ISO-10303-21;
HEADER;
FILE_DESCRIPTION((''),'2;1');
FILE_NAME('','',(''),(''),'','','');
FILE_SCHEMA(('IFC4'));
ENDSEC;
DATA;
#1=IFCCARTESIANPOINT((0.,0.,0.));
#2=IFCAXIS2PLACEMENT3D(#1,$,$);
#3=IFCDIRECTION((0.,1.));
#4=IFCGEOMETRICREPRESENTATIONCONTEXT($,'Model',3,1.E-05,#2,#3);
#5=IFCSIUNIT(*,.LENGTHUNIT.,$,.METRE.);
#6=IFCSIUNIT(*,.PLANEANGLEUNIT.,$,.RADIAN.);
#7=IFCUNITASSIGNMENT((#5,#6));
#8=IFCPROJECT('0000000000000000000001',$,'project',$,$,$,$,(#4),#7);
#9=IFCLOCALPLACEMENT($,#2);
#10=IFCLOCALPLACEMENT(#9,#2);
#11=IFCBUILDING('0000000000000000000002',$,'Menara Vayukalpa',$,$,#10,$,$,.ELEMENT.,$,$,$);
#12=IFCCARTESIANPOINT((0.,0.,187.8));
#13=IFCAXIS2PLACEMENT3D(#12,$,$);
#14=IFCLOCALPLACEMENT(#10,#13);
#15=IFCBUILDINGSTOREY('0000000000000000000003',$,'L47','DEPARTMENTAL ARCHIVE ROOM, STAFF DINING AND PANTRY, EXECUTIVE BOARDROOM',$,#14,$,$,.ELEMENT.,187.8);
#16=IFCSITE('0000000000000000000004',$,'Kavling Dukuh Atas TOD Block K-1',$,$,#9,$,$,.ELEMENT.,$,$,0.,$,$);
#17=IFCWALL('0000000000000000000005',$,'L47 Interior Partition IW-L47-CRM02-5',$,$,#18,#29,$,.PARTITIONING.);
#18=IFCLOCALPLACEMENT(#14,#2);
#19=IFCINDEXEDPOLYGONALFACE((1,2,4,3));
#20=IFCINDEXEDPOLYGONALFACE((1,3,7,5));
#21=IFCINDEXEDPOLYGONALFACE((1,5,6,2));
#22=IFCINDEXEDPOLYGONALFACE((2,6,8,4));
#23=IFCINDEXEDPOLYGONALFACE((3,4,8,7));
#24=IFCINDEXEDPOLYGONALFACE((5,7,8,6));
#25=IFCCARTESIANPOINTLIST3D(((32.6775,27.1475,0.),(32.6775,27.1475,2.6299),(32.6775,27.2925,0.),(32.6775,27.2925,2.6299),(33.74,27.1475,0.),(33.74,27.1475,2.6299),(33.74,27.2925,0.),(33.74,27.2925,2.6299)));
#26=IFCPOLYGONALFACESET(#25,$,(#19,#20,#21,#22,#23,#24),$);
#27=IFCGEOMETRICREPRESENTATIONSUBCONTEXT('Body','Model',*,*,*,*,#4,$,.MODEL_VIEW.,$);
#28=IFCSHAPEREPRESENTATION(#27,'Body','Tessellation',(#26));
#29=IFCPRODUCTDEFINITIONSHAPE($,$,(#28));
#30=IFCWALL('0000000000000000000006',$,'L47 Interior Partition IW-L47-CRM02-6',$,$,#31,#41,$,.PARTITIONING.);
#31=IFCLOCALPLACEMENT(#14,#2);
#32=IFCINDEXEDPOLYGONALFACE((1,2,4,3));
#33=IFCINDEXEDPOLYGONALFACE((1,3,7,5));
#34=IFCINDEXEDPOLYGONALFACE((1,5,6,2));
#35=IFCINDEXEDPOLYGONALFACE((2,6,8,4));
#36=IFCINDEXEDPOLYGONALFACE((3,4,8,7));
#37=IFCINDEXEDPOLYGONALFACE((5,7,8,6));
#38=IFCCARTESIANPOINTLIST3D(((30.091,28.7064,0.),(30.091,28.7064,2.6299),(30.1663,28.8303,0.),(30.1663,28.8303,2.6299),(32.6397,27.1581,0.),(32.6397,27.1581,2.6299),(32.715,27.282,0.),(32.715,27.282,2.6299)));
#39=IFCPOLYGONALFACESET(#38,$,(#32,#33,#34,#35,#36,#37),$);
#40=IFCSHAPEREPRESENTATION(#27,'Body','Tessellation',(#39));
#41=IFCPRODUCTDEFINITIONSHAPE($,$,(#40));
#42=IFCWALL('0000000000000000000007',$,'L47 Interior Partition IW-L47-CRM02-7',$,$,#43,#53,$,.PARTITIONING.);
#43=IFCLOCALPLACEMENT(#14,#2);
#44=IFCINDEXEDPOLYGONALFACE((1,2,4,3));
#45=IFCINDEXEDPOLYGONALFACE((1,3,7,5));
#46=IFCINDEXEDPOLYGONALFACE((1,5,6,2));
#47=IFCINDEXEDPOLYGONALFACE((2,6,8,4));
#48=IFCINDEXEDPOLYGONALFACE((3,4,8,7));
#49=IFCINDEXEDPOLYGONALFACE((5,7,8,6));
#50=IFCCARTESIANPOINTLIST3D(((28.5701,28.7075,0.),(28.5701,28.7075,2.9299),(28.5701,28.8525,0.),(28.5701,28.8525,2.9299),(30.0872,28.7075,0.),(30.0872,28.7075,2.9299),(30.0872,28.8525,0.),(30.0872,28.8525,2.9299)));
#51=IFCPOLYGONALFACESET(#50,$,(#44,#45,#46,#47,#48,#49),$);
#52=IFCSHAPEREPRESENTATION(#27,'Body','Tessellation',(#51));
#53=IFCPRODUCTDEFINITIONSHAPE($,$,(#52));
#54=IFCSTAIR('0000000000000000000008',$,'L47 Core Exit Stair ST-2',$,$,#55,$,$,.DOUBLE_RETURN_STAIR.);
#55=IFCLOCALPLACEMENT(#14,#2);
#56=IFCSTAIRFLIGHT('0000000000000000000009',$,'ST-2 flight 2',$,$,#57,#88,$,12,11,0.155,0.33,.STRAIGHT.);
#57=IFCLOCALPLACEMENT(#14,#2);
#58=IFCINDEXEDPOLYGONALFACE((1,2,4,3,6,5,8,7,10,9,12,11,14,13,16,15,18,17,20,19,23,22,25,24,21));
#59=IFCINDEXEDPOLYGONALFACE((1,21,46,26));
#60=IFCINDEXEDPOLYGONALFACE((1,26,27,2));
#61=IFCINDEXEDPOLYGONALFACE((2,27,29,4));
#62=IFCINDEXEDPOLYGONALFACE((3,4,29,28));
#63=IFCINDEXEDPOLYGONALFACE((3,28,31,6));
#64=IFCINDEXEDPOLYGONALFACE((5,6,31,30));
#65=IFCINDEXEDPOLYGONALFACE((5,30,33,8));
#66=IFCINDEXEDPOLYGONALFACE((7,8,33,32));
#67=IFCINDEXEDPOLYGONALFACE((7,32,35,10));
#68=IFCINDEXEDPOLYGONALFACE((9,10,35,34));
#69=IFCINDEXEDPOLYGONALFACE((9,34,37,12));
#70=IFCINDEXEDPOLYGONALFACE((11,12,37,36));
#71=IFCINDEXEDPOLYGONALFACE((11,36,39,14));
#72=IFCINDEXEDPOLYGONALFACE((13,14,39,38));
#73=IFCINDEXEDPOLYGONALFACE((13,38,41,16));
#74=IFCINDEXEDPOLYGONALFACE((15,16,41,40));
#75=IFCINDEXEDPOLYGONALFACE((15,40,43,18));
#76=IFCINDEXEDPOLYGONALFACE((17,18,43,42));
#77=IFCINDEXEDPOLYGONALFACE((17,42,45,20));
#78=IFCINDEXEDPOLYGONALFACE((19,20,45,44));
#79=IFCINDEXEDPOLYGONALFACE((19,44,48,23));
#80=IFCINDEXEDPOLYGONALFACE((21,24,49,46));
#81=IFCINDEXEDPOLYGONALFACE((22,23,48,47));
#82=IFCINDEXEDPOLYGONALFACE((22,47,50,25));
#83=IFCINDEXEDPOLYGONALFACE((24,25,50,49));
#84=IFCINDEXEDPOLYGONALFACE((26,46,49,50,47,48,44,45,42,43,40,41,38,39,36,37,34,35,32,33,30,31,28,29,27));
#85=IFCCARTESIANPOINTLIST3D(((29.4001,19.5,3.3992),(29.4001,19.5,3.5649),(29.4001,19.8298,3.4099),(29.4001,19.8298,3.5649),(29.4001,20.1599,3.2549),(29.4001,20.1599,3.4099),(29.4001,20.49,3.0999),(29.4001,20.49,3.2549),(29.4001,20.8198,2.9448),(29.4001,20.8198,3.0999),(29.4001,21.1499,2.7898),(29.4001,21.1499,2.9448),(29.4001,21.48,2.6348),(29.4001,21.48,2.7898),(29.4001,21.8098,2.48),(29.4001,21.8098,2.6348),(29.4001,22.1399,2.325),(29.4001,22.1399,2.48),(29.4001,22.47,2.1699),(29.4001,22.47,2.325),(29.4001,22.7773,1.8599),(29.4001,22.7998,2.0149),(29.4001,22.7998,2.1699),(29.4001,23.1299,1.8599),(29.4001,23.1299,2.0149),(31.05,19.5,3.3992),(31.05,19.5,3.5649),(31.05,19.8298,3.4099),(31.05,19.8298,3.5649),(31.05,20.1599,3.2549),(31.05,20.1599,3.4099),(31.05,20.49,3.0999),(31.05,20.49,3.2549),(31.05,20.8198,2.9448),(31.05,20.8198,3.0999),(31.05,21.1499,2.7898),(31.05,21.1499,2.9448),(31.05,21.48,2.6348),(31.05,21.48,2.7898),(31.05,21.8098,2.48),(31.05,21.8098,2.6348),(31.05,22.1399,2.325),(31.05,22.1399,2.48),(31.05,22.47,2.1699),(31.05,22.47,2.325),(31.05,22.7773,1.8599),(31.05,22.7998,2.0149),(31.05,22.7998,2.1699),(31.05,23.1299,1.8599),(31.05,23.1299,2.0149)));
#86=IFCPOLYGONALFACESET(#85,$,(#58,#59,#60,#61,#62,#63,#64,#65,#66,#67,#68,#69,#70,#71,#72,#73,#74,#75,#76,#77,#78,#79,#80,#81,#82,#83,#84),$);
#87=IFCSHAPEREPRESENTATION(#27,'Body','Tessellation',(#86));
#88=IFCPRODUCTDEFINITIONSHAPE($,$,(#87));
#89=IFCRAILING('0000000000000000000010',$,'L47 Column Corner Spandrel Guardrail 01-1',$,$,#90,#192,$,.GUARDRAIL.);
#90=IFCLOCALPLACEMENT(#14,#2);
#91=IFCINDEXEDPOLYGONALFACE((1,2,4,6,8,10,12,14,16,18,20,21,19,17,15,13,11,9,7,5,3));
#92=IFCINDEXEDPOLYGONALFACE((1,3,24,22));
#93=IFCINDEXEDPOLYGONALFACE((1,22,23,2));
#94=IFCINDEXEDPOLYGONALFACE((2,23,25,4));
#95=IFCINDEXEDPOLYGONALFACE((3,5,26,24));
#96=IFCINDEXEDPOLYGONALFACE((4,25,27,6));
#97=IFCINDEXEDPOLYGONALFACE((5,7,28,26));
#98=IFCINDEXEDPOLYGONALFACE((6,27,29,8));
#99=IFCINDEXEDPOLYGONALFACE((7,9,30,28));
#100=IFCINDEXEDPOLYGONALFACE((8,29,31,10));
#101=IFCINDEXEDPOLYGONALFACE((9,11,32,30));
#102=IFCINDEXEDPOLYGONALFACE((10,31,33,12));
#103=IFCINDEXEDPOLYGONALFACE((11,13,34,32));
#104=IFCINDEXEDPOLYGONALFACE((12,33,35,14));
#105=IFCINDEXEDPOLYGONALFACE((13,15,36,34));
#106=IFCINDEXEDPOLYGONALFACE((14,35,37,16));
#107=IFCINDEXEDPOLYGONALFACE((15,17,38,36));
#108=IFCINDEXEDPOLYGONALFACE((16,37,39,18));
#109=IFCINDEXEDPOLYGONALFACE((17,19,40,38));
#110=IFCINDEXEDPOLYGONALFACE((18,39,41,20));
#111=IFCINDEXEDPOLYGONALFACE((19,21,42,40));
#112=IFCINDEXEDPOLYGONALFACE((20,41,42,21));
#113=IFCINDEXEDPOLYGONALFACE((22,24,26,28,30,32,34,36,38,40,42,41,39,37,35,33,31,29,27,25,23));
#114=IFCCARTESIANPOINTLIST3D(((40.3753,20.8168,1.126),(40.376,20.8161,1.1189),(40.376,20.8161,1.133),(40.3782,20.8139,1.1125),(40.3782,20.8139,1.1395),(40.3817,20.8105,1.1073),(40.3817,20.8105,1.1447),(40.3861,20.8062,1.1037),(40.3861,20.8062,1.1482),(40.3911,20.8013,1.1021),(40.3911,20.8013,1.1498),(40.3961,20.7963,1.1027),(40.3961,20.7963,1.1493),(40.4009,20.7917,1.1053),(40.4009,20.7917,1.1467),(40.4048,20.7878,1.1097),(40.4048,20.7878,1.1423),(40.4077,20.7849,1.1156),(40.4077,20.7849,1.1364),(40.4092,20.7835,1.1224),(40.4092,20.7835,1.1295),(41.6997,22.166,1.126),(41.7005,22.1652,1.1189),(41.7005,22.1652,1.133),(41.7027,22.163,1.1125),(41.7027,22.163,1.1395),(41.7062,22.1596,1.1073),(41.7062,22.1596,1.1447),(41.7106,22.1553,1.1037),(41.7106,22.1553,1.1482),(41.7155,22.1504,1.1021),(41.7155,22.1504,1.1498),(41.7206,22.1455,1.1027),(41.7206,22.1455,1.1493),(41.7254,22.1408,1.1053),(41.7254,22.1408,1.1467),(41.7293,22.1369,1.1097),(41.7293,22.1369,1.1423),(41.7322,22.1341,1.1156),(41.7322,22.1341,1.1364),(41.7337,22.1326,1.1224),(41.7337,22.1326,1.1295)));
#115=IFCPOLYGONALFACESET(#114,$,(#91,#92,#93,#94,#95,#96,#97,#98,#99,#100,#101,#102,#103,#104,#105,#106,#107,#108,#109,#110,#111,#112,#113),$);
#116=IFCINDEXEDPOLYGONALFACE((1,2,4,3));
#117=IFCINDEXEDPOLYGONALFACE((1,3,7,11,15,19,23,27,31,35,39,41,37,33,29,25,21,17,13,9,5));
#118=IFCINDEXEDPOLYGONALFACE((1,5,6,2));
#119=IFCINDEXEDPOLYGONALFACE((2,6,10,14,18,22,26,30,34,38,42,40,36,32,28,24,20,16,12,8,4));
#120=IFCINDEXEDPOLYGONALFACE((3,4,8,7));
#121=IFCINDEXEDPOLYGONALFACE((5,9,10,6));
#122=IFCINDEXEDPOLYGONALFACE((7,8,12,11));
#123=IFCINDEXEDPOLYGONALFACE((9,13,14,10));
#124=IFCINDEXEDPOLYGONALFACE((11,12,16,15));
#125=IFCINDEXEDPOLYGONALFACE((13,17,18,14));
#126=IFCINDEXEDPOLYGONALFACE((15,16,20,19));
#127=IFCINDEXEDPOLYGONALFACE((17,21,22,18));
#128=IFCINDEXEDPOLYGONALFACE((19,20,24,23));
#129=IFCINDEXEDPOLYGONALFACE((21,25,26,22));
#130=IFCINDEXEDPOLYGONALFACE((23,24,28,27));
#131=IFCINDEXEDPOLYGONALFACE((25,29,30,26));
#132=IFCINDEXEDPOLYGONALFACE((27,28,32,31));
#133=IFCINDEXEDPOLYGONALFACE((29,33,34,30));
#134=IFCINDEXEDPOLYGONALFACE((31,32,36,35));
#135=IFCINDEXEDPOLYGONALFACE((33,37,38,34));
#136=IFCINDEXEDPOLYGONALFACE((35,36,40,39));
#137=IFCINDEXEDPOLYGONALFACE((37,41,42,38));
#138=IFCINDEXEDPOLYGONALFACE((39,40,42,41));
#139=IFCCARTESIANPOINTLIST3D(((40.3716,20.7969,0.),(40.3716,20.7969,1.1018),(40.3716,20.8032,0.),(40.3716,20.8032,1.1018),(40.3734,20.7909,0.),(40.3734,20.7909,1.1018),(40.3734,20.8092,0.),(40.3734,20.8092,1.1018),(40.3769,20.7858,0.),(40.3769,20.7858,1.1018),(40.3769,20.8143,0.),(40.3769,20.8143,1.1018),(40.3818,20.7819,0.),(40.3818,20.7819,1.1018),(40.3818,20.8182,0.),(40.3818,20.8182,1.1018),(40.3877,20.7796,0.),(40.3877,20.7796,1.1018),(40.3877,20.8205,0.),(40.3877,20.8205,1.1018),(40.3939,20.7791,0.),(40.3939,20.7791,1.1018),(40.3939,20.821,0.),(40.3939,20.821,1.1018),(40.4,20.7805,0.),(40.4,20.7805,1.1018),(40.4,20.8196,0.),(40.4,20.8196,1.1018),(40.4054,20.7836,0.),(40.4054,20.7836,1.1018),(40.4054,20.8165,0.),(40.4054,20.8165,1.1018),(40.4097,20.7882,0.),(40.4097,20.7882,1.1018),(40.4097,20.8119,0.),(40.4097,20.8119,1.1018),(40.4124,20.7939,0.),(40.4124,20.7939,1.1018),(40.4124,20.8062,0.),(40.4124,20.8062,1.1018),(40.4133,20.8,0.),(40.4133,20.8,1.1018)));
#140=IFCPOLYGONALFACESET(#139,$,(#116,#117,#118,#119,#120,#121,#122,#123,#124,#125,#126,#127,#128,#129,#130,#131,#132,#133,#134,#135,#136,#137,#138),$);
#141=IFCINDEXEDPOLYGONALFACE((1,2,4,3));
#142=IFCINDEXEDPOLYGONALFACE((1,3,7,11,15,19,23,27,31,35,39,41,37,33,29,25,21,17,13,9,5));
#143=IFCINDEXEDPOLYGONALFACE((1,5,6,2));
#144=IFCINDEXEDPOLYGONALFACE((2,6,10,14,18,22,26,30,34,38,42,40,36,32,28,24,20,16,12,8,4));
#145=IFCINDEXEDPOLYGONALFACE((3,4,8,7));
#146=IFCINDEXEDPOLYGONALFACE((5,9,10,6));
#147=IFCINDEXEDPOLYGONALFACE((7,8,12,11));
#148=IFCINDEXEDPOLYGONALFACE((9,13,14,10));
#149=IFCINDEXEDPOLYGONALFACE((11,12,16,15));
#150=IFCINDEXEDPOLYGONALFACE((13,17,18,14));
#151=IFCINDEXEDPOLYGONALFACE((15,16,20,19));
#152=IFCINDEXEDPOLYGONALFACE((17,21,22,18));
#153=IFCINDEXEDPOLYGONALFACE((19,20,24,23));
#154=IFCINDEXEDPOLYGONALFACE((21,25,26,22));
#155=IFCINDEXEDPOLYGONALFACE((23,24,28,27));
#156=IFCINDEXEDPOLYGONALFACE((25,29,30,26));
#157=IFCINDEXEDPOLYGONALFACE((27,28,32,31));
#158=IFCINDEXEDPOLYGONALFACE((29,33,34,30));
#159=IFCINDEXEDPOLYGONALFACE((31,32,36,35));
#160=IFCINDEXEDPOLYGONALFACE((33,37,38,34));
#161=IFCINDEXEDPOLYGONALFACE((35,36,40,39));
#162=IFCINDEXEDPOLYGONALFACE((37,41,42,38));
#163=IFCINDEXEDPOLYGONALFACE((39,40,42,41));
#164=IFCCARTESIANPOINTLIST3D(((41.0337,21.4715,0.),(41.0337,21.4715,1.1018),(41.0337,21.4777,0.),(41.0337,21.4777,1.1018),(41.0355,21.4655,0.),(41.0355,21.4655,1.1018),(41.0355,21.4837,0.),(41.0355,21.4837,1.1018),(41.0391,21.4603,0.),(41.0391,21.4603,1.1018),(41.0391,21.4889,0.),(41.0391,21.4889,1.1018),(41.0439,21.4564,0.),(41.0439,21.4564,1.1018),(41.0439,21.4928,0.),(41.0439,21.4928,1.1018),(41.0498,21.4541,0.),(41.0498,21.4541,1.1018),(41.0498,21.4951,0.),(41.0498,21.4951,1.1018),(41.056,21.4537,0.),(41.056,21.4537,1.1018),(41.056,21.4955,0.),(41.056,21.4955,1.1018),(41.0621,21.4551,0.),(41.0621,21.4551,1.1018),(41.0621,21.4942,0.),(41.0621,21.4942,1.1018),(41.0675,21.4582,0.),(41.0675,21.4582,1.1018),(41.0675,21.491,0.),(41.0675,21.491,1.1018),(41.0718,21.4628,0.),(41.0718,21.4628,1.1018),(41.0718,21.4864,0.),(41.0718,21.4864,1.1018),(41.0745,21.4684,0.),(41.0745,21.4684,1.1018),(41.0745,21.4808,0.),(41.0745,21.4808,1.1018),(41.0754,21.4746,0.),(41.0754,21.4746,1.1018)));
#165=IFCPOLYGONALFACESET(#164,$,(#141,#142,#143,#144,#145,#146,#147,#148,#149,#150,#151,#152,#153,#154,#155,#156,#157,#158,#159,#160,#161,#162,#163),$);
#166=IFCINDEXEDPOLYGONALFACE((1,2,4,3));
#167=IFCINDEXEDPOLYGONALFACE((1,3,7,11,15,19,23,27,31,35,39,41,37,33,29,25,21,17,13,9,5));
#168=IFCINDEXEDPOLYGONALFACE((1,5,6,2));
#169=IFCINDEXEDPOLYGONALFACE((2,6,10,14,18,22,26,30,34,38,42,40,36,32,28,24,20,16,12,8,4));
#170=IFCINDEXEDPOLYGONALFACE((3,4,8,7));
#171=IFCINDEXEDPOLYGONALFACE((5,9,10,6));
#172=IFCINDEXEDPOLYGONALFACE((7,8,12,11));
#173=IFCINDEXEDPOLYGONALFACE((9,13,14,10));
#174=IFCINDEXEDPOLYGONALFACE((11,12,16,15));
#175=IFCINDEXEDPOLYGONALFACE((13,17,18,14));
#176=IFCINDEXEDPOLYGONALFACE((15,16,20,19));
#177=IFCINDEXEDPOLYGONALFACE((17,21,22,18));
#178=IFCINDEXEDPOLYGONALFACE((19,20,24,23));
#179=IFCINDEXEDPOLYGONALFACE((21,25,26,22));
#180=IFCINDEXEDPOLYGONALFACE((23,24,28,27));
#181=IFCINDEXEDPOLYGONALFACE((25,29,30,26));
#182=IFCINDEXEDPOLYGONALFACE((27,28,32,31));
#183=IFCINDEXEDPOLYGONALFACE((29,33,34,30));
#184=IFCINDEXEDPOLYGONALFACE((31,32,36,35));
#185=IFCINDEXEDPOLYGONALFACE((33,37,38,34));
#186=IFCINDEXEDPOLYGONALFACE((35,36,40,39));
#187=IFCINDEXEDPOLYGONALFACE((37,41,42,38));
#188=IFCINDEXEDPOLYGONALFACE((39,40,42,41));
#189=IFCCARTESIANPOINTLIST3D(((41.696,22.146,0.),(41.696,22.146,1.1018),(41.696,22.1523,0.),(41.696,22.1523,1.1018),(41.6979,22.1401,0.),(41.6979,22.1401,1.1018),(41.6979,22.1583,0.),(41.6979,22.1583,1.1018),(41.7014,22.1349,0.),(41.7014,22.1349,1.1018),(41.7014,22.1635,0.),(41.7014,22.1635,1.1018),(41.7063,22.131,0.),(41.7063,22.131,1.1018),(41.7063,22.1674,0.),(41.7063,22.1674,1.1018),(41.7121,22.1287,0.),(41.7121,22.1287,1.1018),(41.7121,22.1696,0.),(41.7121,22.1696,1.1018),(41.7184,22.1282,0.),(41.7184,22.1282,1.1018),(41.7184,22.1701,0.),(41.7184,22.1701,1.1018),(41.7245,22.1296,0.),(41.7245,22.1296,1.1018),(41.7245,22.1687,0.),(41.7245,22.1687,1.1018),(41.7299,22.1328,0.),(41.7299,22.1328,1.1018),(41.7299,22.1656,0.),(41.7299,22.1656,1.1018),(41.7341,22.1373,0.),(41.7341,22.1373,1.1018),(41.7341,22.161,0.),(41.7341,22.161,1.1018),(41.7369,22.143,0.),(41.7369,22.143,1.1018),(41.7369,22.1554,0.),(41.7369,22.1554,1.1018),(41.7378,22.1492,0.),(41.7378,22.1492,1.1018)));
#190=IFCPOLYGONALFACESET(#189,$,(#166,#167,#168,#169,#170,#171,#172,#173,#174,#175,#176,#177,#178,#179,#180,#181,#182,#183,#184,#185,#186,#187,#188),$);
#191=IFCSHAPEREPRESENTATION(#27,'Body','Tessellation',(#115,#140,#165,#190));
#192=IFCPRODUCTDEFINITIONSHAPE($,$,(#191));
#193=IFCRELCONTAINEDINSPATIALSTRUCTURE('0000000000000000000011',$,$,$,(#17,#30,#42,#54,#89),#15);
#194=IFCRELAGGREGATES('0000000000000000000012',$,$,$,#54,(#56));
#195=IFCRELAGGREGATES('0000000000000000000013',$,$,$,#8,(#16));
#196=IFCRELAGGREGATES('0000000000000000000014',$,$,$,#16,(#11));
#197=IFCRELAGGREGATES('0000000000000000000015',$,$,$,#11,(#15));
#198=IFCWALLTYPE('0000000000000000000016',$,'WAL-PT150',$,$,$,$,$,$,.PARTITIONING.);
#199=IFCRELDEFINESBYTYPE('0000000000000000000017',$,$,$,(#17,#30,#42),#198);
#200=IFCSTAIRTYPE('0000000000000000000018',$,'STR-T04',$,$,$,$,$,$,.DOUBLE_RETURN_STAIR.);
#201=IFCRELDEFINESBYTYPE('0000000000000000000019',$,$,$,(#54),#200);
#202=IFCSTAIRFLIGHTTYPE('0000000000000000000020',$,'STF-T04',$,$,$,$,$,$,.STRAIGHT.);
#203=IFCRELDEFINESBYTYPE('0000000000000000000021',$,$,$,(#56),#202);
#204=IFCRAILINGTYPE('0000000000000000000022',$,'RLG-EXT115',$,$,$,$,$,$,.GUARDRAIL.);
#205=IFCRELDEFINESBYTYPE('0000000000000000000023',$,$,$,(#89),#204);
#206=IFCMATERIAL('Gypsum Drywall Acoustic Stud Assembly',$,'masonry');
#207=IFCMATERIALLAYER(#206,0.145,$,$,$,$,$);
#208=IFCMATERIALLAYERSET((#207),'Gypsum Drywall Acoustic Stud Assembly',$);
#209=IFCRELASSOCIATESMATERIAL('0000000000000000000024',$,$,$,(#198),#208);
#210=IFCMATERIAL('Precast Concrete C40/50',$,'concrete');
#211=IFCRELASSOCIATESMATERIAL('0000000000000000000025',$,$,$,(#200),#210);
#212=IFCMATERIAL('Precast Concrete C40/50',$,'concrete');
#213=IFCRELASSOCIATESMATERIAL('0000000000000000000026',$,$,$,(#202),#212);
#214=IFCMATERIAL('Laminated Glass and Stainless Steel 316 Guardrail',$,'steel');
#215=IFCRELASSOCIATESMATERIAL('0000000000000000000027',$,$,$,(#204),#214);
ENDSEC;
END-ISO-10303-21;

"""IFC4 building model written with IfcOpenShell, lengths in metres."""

from ifc_helpers import new_model, si_unit, direction, frame, frame_2d, origin, origin_2d, place, context, subcontext, project, spatial, polyline, rectangle, circle, outline, extrude, material, layer, layer_set, type_object, element, aggregate, save


model = new_model("IFC4")

# Units and contexts
model_context = context("Model", 3, precision=1e-05, world=origin(), true_north=direction((0.0, 1.0)))
body_context = subcontext(model_context, "Body", "Model", "MODEL_VIEW")
ifc_project = project(units=[si_unit("LENGTHUNIT", "METRE"), si_unit("PLANEANGLEUNIT", "RADIAN")], contexts=[model_context])

# Site, building, storey
site_placement = place(None, origin())
site = spatial("IfcSite", under=ifc_project, at=site_placement, Name="Kavling Dukuh Atas TOD Block K-1", CompositionType="ELEMENT", RefElevation=0.0)
building_placement = place(site_placement, origin())
building = spatial("IfcBuilding", under=site, at=building_placement, Name="Menara Vayukalpa", CompositionType="ELEMENT")
storey_placement = place(building_placement, frame((0.0, 0.0, 187.8)))
storey = spatial("IfcBuildingStorey", under=building, at=storey_placement, Name="L47", Description="DEPARTMENTAL ARCHIVE ROOM, STAFF DINING AND PANTRY, EXECUTIVE BOARDROOM", CompositionType="ELEMENT", Elevation=187.8)

# Walls
ifc_material_1 = material(Name="Gypsum Drywall Acoustic Stud Assembly", Category="masonry")
ifc_layer_1 = layer(ifc_material_1, 0.145)
ifc_layer_set_1 = layer_set([ifc_layer_1], Name="Gypsum Drywall Acoustic Stud Assembly")
wall_type_1 = type_object("IfcWallType", Name="WAL-PT150", PredefinedType="PARTITIONING", material=ifc_layer_set_1)
wall_1_placement = place(storey_placement, frame((33.74, 27.22, 0.0), z_axis=(0.0, 0.0, 1.0), x_axis=(-1.0, 0.0, 0.0)))
element("IfcWall", 1, at=wall_1_placement, inside=storey, type_object=wall_type_1, Name="L47 Interior Partition IW-L47-CRM02-5", PredefinedType="PARTITIONING", context=body_context, shape_type="SweptSolid", body=[
    extrude(rectangle(XDim=1.0625, YDim=0.145, at=frame_2d((0.5312, 0.0))), origin(), (0.0, 0.0, 1.0), 2.6299),
])
wall_2_placement = place(storey_placement, frame((32.6775, 27.22, 0.0), z_axis=(0.0, 0.0, 1.0), x_axis=(-0.854663, 0.519183, 0.0)))
element("IfcWall", 2, at=wall_2_placement, inside=storey, type_object=wall_type_1, Name="L47 Interior Partition IW-L47-CRM02-6", PredefinedType="PARTITIONING", context=body_context, shape_type="SweptSolid", body=[
    extrude(rectangle(XDim=2.9822, YDim=0.145, at=frame_2d((1.4912, 0.0))), origin(), (0.0, 0.0, 1.0), 2.6299),
])
wall_3_placement = place(storey_placement, frame((30.0872, 28.78, 0.0), z_axis=(0.0, 0.0, 1.0), x_axis=(-1.0, 0.0, 0.0)))
element("IfcWall", 3, at=wall_3_placement, inside=storey, type_object=wall_type_1, Name="L47 Interior Partition IW-L47-CRM02-7", PredefinedType="PARTITIONING", context=body_context, shape_type="SweptSolid", body=[
    extrude(rectangle(XDim=1.5171, YDim=0.145, at=frame_2d((0.7585, 0.0))), origin(), (0.0, 0.0, 1.0), 2.9299),
])

# Stair, stair flight
ifc_material_2 = material(Name="Precast Concrete C40/50", Category="concrete")
stair_type = type_object("IfcStairType", Name="STR-T04", PredefinedType="DOUBLE_RETURN_STAIR", material=ifc_material_2)
stair_placement = place(storey_placement, origin())
stair = element("IfcStair", 4, at=stair_placement, inside=storey, type_object=stair_type, Name="L47 Core Exit Stair ST-2", PredefinedType="DOUBLE_RETURN_STAIR")
ifc_material_3 = material(Name="Precast Concrete C40/50", Category="concrete")
stair_flight_type = type_object("IfcStairFlightType", Name="STF-T04", PredefinedType="STRAIGHT", material=ifc_material_3)
stair_flight_placement = place(storey_placement, frame((30.2251, 23.1299, 1.8599), z_axis=(0.0, 0.0, 1.0), x_axis=(0.0, -1.0, 0.0)))
stair_flight = element("IfcStairFlight", 5, at=stair_flight_placement, type_object=stair_flight_type, Name="ST-2 flight 2", NumberOfRisers=12, NumberOfTreads=11, PredefinedType="STRAIGHT", RiserHeight=0.155, TreadLength=0.33, context=body_context, shape_type="SweptSolid", body=[
    extrude(outline(polyline([(0.0, 0.0), (0.0, 0.155), (0.3301, 0.155), (0.3301, 0.3101), (0.6599, 0.3101), (0.6599, 0.4651), (0.99, 0.4651), (0.99, 0.6201), (1.3201, 0.6201), (1.3201, 0.7749), (1.6499, 0.7749), (1.6499, 0.9299), (1.98, 0.9299), (1.98, 1.085), (2.3101, 1.085), (2.3101, 1.24), (2.6399, 1.24), (2.6399, 1.395), (2.97, 1.395), (2.97, 1.55), (3.3, 1.55), (3.3, 1.7051), (3.6299, 1.7051), (3.6299, 1.8601), (3.6299, 1.5393), (0.3525, 0.0), (0.0, 0.0)])), frame((0.0, 0.825, 0.0), z_axis=(0.0, -1.0, 0.0), x_axis=(1.0, 0.0, 0.0)), (0.0, 0.0, 1.0), 1.6499),
])
aggregate(stair, [stair_flight])

# Railing
ifc_material_4 = material(Name="Laminated Glass and Stainless Steel 316 Guardrail", Category="steel")
railing_type_1 = type_object("IfcRailingType", Name="RLG-EXT115", PredefinedType="GUARDRAIL", material=ifc_material_4)
railing_1_placement = place(storey_placement, frame((40.3923, 20.8, 0.0)))
element("IfcRailing", 6, at=railing_1_placement, inside=storey, type_object=railing_type_1, Name="L47 Column Corner Spandrel Guardrail 01-1", PredefinedType="GUARDRAIL", context=body_context, shape_type="SweptSolid", body=[
    extrude(circle(Radius=0.0239, at=origin_2d()), frame((0.0, 0.0, 1.126), z_axis=(0.700555, 0.713598, 0.0), x_axis=(-0.713598, 0.700555, 0.0)), (0.0, 0.0, 1.0), 1.8906),
    extrude(circle(Radius=0.021, at=origin_2d()), origin(), (0.0, 0.0, 1.0), 1.1018),
    extrude(circle(Radius=0.021, at=origin_2d()), frame((0.6621, 0.6746, 0.0)), (0.0, 0.0, 1.0), 1.1018),
    extrude(circle(Radius=0.021, at=origin_2d()), frame((1.3245, 1.3491, 0.0)), (0.0, 0.0, 1.0), 1.1018),
])

save(model, "model.ifc")
